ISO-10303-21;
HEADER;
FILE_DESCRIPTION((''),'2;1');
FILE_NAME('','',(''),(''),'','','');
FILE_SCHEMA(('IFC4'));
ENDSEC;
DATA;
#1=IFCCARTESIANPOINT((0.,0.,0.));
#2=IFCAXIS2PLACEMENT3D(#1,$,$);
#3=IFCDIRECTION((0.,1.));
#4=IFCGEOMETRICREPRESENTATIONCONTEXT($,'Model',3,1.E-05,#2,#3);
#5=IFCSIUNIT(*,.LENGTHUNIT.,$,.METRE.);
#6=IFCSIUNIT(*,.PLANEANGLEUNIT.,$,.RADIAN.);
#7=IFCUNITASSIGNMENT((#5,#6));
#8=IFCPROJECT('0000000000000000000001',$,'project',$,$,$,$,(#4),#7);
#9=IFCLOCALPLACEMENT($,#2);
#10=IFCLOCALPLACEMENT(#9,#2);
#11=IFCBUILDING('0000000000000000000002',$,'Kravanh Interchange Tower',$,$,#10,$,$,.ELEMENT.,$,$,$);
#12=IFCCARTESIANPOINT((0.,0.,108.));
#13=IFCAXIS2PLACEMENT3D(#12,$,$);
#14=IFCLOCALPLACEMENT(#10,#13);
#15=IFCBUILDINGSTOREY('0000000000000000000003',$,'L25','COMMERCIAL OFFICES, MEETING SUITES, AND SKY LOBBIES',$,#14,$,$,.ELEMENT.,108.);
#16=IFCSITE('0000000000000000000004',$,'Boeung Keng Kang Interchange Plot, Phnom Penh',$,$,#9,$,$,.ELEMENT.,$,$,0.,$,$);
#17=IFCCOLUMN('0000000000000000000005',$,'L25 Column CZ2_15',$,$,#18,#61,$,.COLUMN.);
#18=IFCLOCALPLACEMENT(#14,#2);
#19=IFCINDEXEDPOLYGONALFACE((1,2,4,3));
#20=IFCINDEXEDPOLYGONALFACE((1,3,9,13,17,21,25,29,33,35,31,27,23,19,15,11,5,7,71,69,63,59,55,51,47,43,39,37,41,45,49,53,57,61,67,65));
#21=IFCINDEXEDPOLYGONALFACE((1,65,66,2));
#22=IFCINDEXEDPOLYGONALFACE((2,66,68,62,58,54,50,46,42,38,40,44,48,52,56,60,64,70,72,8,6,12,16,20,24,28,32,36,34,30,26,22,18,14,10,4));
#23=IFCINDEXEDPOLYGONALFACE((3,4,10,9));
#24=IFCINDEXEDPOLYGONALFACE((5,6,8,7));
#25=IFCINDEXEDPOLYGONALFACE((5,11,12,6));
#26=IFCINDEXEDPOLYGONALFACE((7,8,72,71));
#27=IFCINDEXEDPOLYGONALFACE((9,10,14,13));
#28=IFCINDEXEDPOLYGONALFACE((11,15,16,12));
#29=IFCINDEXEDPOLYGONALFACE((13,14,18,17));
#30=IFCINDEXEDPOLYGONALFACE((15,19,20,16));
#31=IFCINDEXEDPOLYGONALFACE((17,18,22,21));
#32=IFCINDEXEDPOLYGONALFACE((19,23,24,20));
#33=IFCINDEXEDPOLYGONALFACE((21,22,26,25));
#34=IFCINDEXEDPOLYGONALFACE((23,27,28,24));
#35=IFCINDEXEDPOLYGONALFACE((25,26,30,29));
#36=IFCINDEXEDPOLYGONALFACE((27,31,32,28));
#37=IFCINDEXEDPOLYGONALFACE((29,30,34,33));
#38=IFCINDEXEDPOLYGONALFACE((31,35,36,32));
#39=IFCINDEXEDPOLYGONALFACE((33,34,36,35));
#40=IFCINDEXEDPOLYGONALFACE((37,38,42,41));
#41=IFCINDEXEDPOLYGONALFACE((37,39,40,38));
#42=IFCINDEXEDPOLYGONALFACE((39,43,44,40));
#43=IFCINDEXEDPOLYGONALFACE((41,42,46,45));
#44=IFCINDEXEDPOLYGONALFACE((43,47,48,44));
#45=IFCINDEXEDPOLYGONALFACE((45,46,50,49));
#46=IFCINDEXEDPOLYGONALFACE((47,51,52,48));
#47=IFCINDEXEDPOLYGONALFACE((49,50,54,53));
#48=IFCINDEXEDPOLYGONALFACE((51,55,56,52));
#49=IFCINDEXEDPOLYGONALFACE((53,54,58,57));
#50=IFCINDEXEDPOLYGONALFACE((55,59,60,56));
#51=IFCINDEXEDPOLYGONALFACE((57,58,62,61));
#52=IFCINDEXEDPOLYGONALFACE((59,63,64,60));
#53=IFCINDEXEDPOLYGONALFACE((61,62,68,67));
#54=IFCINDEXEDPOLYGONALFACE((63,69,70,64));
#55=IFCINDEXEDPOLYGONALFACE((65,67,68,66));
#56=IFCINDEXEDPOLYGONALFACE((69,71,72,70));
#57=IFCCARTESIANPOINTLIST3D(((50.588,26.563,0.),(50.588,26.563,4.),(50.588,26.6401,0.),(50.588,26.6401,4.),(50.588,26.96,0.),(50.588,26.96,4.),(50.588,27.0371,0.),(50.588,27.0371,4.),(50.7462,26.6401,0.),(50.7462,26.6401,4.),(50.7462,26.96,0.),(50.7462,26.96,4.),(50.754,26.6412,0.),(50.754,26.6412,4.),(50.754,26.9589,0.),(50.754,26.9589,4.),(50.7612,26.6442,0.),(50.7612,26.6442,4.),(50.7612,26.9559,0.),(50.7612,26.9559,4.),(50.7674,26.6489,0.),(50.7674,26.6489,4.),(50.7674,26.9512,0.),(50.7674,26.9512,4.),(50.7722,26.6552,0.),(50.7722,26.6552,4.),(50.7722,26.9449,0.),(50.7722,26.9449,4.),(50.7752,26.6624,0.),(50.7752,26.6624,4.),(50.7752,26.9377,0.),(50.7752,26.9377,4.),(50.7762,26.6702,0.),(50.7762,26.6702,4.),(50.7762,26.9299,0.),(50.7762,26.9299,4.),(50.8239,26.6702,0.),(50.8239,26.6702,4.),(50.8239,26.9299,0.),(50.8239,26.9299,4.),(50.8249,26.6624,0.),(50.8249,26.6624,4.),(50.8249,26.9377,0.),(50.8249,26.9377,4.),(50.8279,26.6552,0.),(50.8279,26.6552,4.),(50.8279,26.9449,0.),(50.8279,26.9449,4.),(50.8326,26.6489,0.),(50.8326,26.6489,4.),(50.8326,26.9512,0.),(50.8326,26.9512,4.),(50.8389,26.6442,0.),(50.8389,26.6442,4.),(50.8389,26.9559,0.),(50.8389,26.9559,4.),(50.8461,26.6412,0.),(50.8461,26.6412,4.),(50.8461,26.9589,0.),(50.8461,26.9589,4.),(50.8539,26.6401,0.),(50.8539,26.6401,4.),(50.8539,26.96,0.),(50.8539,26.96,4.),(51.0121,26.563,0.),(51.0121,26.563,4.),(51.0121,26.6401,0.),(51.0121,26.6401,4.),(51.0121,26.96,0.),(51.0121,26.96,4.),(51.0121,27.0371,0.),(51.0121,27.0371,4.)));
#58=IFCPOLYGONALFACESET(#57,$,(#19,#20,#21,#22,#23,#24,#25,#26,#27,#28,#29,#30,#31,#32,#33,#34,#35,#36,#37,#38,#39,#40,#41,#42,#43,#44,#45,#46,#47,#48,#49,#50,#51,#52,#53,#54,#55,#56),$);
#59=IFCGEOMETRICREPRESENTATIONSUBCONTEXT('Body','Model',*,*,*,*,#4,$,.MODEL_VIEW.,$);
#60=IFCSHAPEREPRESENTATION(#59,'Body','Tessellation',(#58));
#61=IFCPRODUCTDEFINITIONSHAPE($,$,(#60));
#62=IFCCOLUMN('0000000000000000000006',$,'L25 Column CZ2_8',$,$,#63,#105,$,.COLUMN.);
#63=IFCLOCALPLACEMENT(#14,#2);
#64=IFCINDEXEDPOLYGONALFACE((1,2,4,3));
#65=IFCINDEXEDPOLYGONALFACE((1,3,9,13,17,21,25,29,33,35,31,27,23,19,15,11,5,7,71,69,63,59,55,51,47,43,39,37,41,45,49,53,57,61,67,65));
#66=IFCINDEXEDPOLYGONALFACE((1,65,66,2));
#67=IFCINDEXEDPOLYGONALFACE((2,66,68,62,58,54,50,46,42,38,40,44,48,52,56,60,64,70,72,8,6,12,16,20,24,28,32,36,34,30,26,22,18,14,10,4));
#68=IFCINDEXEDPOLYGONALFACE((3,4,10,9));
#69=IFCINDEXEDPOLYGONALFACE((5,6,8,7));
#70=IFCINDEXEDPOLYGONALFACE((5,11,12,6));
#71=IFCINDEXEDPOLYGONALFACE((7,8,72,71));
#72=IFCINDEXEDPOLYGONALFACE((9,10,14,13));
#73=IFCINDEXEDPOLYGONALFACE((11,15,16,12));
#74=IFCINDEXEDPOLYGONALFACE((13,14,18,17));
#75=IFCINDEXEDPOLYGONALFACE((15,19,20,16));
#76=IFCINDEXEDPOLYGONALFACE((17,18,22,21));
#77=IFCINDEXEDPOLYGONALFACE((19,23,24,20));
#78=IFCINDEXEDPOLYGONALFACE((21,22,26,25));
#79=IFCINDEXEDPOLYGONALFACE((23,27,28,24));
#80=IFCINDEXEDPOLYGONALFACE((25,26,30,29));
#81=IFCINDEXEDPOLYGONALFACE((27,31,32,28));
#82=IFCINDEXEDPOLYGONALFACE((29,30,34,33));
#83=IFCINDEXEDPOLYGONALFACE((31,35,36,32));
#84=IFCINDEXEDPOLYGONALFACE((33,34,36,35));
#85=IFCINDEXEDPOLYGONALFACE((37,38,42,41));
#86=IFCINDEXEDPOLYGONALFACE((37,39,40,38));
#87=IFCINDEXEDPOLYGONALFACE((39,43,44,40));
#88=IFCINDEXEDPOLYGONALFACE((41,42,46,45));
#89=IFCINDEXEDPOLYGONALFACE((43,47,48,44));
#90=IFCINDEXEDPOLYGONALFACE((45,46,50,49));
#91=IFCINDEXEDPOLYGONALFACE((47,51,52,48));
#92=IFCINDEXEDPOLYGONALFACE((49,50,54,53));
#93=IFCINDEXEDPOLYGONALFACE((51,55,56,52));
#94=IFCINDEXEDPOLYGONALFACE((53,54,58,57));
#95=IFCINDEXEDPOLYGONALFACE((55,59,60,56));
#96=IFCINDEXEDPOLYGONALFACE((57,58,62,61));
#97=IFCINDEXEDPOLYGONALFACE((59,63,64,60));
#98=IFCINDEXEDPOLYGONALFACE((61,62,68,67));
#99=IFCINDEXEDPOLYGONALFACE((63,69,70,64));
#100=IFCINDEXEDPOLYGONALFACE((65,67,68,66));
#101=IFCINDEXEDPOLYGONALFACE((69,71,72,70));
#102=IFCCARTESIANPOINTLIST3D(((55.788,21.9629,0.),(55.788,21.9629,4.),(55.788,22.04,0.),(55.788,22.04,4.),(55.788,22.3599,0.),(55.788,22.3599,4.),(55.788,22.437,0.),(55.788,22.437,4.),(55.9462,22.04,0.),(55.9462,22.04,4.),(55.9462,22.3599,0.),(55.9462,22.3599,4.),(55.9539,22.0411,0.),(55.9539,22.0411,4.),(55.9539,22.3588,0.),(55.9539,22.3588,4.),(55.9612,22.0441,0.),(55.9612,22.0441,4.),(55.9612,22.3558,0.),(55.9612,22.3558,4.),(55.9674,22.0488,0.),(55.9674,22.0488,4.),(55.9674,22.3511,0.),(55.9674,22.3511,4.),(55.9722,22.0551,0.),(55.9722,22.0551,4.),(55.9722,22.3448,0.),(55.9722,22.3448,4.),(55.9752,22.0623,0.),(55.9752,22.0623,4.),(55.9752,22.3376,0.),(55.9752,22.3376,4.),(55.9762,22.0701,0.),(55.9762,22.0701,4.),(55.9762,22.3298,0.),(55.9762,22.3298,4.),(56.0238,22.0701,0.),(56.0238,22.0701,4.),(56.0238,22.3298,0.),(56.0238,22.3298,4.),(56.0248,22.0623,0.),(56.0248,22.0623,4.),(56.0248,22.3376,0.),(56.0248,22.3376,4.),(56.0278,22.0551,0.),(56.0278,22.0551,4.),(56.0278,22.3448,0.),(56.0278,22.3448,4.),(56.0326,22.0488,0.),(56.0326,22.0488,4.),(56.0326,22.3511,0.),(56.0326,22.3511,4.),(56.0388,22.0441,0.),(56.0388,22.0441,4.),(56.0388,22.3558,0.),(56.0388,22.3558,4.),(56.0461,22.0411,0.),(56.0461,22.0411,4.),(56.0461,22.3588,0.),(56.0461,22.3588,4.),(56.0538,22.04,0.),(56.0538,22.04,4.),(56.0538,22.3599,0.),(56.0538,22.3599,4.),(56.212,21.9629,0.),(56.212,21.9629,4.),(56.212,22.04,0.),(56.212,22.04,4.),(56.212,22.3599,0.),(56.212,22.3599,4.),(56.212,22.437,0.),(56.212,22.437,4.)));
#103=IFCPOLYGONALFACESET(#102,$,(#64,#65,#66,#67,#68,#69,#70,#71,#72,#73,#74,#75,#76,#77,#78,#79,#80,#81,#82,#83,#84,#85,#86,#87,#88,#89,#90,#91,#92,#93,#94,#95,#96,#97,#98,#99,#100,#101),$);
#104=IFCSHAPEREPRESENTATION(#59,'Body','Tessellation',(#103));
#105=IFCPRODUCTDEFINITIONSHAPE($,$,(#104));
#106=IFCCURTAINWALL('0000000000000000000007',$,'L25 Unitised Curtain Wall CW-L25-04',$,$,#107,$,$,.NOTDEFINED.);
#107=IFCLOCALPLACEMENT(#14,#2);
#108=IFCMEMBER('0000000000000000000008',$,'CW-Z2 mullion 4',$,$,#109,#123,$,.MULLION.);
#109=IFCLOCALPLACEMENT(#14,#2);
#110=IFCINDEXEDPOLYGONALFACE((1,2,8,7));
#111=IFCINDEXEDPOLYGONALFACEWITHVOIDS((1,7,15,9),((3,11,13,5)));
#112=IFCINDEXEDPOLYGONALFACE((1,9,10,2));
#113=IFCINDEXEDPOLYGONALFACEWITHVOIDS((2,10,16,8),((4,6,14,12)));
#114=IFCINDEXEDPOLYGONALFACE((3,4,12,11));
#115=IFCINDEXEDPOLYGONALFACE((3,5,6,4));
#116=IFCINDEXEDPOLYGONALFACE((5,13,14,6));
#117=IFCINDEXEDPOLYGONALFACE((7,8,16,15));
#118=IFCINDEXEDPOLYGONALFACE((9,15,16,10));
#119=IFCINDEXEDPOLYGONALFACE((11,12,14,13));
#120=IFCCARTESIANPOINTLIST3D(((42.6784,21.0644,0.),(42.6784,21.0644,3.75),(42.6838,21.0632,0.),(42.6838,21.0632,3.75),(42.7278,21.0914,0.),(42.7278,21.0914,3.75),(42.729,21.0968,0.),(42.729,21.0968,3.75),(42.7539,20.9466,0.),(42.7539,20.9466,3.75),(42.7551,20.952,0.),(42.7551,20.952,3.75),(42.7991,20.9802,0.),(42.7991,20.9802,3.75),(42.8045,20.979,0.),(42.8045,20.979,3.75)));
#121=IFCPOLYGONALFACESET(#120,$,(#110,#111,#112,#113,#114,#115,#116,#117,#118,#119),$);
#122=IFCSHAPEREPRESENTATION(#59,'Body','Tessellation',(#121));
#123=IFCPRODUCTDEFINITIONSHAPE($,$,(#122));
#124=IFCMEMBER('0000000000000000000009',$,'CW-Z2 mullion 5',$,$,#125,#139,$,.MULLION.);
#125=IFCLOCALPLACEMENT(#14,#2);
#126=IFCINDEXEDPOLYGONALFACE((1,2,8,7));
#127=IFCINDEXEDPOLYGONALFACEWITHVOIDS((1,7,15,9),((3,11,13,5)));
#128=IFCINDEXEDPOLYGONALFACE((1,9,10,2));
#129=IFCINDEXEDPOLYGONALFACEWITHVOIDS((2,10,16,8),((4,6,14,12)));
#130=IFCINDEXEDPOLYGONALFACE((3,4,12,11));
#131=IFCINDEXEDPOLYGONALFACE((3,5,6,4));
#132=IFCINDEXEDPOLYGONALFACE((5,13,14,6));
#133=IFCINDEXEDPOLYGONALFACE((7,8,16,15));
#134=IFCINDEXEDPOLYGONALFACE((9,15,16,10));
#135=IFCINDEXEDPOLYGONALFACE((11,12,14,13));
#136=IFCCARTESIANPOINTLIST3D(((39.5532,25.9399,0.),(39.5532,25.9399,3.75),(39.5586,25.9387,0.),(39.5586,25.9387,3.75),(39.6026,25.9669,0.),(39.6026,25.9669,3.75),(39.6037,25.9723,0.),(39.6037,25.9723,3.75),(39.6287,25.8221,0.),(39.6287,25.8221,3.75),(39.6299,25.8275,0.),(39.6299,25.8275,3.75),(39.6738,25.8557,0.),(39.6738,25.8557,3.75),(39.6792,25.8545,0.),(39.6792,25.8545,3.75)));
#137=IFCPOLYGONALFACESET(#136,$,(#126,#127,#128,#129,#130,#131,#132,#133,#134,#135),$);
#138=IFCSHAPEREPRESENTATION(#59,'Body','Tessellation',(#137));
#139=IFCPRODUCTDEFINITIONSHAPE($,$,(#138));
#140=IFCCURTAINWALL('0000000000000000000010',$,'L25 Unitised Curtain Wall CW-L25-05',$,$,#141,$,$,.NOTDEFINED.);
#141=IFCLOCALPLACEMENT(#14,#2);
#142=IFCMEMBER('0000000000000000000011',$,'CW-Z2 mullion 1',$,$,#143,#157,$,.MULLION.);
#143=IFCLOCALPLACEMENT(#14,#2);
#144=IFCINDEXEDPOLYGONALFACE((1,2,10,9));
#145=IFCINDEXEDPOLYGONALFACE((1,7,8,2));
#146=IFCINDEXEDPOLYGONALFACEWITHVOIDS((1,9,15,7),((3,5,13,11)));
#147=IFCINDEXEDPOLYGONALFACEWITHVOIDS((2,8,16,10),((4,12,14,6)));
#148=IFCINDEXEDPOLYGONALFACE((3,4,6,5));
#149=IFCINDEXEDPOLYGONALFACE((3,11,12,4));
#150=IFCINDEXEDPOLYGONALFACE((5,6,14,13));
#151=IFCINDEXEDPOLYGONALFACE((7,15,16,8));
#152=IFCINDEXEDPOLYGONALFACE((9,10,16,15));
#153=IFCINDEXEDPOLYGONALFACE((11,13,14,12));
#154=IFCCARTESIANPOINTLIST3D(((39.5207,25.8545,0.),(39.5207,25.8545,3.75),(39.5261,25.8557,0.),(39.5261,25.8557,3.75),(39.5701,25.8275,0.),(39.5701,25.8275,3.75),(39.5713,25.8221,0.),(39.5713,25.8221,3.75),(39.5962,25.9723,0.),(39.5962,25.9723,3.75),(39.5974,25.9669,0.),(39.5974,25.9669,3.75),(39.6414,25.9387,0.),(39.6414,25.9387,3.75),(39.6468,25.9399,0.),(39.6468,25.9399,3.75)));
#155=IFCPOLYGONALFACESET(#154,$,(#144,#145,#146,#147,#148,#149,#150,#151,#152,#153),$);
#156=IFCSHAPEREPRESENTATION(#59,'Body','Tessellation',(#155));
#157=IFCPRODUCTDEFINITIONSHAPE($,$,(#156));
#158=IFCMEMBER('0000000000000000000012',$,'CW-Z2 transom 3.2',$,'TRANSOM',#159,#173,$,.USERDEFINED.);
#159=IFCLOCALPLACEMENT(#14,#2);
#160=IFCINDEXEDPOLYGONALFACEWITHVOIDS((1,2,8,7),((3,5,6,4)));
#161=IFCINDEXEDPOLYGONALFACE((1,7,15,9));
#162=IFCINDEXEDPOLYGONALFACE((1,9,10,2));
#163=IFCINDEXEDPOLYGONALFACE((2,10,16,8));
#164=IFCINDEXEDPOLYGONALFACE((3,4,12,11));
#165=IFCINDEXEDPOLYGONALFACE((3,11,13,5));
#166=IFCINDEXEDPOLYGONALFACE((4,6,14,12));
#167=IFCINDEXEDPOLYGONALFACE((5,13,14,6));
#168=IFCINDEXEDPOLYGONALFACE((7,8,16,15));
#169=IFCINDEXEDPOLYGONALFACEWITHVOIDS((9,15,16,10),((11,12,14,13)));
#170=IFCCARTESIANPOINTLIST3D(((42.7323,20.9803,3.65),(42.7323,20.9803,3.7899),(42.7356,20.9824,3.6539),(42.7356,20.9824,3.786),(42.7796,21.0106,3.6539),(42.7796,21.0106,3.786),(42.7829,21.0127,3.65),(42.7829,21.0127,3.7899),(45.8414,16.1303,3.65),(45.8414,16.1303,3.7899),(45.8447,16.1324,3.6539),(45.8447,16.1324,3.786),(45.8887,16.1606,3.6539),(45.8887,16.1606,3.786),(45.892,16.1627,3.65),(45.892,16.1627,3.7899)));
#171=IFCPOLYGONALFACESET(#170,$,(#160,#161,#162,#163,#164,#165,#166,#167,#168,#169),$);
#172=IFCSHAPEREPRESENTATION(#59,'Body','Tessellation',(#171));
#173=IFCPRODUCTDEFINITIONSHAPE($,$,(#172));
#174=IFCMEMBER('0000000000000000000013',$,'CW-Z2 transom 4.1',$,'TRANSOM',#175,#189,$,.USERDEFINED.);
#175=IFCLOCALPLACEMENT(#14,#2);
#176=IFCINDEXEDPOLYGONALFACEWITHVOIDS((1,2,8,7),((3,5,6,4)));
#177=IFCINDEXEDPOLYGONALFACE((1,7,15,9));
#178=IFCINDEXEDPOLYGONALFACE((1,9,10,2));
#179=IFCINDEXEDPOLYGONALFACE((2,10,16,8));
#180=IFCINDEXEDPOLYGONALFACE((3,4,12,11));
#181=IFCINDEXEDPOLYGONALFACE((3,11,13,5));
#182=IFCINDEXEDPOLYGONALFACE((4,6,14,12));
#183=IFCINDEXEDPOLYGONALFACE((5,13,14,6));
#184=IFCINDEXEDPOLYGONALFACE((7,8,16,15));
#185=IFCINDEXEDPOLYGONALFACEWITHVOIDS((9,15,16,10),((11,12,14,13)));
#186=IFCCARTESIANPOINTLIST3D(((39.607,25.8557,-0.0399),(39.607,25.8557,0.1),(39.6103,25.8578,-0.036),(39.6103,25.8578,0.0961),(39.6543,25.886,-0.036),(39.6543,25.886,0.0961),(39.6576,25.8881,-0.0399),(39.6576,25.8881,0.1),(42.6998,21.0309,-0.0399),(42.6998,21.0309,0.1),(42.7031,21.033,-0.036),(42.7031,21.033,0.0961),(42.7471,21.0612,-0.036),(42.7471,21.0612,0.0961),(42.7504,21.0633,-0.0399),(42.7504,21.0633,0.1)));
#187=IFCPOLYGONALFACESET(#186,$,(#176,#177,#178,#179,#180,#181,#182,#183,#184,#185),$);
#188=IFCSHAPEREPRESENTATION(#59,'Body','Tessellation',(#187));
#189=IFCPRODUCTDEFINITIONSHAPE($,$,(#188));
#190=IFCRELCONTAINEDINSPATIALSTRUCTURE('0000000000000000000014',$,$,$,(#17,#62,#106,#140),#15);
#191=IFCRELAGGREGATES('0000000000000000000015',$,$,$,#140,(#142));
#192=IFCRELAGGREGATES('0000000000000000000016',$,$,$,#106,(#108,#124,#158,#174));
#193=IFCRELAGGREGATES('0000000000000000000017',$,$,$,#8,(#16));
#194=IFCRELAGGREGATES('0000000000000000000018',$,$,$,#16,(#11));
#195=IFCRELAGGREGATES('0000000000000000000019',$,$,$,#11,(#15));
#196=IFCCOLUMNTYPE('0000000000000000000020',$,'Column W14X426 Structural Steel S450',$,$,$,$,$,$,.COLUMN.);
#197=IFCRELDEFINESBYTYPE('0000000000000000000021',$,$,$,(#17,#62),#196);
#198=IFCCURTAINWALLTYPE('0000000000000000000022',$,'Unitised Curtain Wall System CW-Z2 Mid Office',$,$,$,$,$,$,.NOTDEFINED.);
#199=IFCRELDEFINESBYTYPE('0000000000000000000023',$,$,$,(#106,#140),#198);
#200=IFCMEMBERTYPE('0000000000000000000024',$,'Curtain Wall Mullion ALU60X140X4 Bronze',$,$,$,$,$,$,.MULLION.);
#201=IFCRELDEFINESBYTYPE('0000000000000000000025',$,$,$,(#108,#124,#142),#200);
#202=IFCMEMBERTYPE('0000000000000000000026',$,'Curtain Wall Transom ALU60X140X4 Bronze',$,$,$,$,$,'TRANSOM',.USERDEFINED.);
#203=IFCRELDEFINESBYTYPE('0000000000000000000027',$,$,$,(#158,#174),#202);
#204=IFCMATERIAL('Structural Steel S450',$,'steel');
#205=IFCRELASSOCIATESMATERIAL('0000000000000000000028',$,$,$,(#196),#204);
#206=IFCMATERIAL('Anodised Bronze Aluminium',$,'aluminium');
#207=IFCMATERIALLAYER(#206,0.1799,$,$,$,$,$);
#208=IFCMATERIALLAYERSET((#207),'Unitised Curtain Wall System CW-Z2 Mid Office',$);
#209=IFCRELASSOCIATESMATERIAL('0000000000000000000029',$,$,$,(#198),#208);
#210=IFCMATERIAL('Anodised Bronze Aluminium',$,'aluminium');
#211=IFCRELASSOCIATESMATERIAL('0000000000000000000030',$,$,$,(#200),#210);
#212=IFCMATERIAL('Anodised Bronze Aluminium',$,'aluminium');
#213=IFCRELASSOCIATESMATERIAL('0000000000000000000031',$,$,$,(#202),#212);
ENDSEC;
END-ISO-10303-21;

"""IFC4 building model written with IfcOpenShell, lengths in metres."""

from ifc_helpers import new_model, si_unit, direction, frame, origin, origin_2d, place, context, subcontext, project, spatial, hollow_rectangle, i_section, extrude, material, layer, layer_set, material_profile, profile_set, type_object, element, aggregate, save


model = new_model("IFC4")

# Units and contexts
model_context = context("Model", 3, precision=1e-05, world=origin(), true_north=direction((0.0, 1.0)))
body_context = subcontext(model_context, "Body", "Model", "MODEL_VIEW")
ifc_project = project(units=[si_unit("LENGTHUNIT", "METRE"), si_unit("PLANEANGLEUNIT", "RADIAN")], contexts=[model_context])

# Site, building, storey
site_placement = place(None, origin())
site = spatial("IfcSite", under=ifc_project, at=site_placement, Name="Boeung Keng Kang Interchange Plot, Phnom Penh", CompositionType="ELEMENT", RefElevation=0.0)
building_placement = place(site_placement, origin())
building = spatial("IfcBuilding", under=site, at=building_placement, Name="Kravanh Interchange Tower", CompositionType="ELEMENT")
storey_placement = place(building_placement, frame((0.0, 0.0, 108.0)))
storey = spatial("IfcBuildingStorey", under=building, at=storey_placement, Name="L25", Description="COMMERCIAL OFFICES, MEETING SUITES, AND SKY LOBBIES", CompositionType="ELEMENT", Elevation=108.0)

# Columns
ifc_material_1 = material(Name="Structural Steel S450", Category="steel")
ifc_material_profile_1 = material_profile(ifc_material_1, i_section(OverallWidth=0.4241, OverallDepth=0.4741, WebThickness=0.0476, FlangeThickness=0.0771, FilletRadius=0.03, at=origin_2d()), Name="W14X426")
ifc_profile_set_1 = profile_set([ifc_material_profile_1], Name="Structural Steel S450")
column_type = type_object("IfcColumnType", Name="Column W14X426 Structural Steel S450", PredefinedType="COLUMN", material=ifc_profile_set_1)
for number, where, z_axis, x_axis, name in (
    (1, (50.8, 26.8, 0.0), (0.0, 0.0, 1.0), (1.0, 0.0, 0.0), "L25 Column CZ2_15"),
    (2, (56.0, 22.2, 0.0), (0.0, 0.0, 1.0), (1.0, 0.0, 0.0), "L25 Column CZ2_8"),
):
    element("IfcColumn", number, at=place(storey_placement, frame(where, z_axis=z_axis, x_axis=x_axis)), inside=storey, type_object=column_type, Name=name, PredefinedType="COLUMN", context=body_context, shape_type="SweptSolid", body=[
        extrude(i_section(OverallWidth=0.4241, OverallDepth=0.4741, WebThickness=0.0476, FlangeThickness=0.0771, FilletRadius=0.03, at=origin_2d()), origin(), (0.0, 0.0, 1.0), 4.0),
    ])

# Curtain wall, members
ifc_material_2 = material(Name="Anodised Bronze Aluminium", Category="aluminium")
ifc_layer_1 = layer(ifc_material_2, 0.1799)
ifc_layer_set_1 = layer_set([ifc_layer_1], Name="Unitised Curtain Wall System CW-Z2 Mid Office")
curtain_wall_type = type_object("IfcCurtainWallType", Name="Unitised Curtain Wall System CW-Z2 Mid Office", PredefinedType="NOTDEFINED", material=ifc_layer_set_1)
curtain_wall_1_placement = place(storey_placement, origin())
curtain_wall_1 = element("IfcCurtainWall", 3, at=curtain_wall_1_placement, inside=storey, type_object=curtain_wall_type, Name="L25 Unitised Curtain Wall CW-L25-04", PredefinedType="NOTDEFINED")
ifc_material_3 = material(Name="Anodised Bronze Aluminium", Category="aluminium")
ifc_material_profile_2 = material_profile(ifc_material_3, hollow_rectangle(XDim=0.0601, YDim=0.1399, WallThickness=0.0039, at=origin_2d()), Name="ALU60X140X4")
ifc_profile_set_2 = profile_set([ifc_material_profile_2], Name="Anodised Bronze Aluminium")
member_type_1 = type_object("IfcMemberType", Name="Curtain Wall Mullion ALU60X140X4 Bronze", PredefinedType="MULLION", material=ifc_profile_set_2)
member_1_placement = place(storey_placement, frame((42.7415, 21.0217, 0.0), z_axis=(0.0, 0.0, 1.0), x_axis=(-0.84188, -0.539665, 0.0)))
member_1 = element("IfcMember", 4, at=member_1_placement, type_object=member_type_1, Name="CW-Z2 mullion 4", PredefinedType="MULLION", context=body_context, shape_type="SweptSolid", body=[
    extrude(hollow_rectangle(XDim=0.0601, YDim=0.1399, WallThickness=0.0039, at=origin_2d()), origin(), (0.0, 0.0, 1.0), 3.75),
])
member_2_placement = place(storey_placement, frame((39.6162, 25.8972, 0.0), z_axis=(0.0, 0.0, 1.0), x_axis=(-0.84188, -0.539665, 0.0)))
member_2 = element("IfcMember", 5, at=member_2_placement, type_object=member_type_1, Name="CW-Z2 mullion 5", PredefinedType="MULLION", context=body_context, shape_type="SweptSolid", body=[
    extrude(hollow_rectangle(XDim=0.0601, YDim=0.1399, WallThickness=0.0039, at=origin_2d()), origin(), (0.0, 0.0, 1.0), 3.75),
])

# Curtain wall, member
curtain_wall_2_placement = place(storey_placement, origin())
curtain_wall_2 = element("IfcCurtainWall", 6, at=curtain_wall_2_placement, inside=storey, type_object=curtain_wall_type, Name="L25 Unitised Curtain Wall CW-L25-05", PredefinedType="NOTDEFINED")
member_3_placement = place(storey_placement, frame((39.5837, 25.8972, 0.0), z_axis=(0.0, 0.0, 1.0), x_axis=(0.84188, -0.539665, 0.0)))
member_3 = element("IfcMember", 7, at=member_3_placement, type_object=member_type_1, Name="CW-Z2 mullion 1", PredefinedType="MULLION", context=body_context, shape_type="SweptSolid", body=[
    extrude(hollow_rectangle(XDim=0.0601, YDim=0.1399, WallThickness=0.0039, at=origin_2d()), origin(), (0.0, 0.0, 1.0), 3.75),
])

# Members
ifc_material_4 = material(Name="Anodised Bronze Aluminium", Category="aluminium")
ifc_material_profile_3 = material_profile(ifc_material_4, hollow_rectangle(XDim=0.0601, YDim=0.1399, WallThickness=0.0039, at=origin_2d()), Name="ALU60X140X4")
ifc_profile_set_3 = profile_set([ifc_material_profile_3], Name="Anodised Bronze Aluminium")
member_type_2 = type_object("IfcMemberType", Name="Curtain Wall Transom ALU60X140X4 Bronze", ElementType="TRANSOM", PredefinedType="USERDEFINED", material=ifc_profile_set_3)
member_4_placement = place(storey_placement, frame((45.8667, 16.1465, 3.72), z_axis=(-0.539678, 0.841872, 0.0), x_axis=(-0.841872, -0.539678, 0.0)))
member_4 = element("IfcMember", 8, at=member_4_placement, type_object=member_type_2, Name="CW-Z2 transom 3.2", ObjectType="TRANSOM", PredefinedType="USERDEFINED", context=body_context, shape_type="SweptSolid", body=[
    extrude(hollow_rectangle(XDim=0.0601, YDim=0.1399, WallThickness=0.0039, at=origin_2d()), origin(), (0.0, 0.0, 1.0), 5.761),
])
member_5_placement = place(storey_placement, frame((42.7251, 21.0471, 0.03), z_axis=(-0.539668, 0.841878, 0.0), x_axis=(-0.841878, -0.539668, 0.0)))
member_5 = element("IfcMember", 9, at=member_5_placement, type_object=member_type_2, Name="CW-Z2 transom 4.1", ObjectType="TRANSOM", PredefinedType="USERDEFINED", context=body_context, shape_type="SweptSolid", body=[
    extrude(hollow_rectangle(XDim=0.0601, YDim=0.1399, WallThickness=0.0039, at=origin_2d()), origin(), (0.0, 0.0, 1.0), 5.731),
])
aggregate(curtain_wall_2, [member_3])

aggregate(curtain_wall_1, [member_1, member_2, member_4, member_5])

save(model, "model.ifc")
